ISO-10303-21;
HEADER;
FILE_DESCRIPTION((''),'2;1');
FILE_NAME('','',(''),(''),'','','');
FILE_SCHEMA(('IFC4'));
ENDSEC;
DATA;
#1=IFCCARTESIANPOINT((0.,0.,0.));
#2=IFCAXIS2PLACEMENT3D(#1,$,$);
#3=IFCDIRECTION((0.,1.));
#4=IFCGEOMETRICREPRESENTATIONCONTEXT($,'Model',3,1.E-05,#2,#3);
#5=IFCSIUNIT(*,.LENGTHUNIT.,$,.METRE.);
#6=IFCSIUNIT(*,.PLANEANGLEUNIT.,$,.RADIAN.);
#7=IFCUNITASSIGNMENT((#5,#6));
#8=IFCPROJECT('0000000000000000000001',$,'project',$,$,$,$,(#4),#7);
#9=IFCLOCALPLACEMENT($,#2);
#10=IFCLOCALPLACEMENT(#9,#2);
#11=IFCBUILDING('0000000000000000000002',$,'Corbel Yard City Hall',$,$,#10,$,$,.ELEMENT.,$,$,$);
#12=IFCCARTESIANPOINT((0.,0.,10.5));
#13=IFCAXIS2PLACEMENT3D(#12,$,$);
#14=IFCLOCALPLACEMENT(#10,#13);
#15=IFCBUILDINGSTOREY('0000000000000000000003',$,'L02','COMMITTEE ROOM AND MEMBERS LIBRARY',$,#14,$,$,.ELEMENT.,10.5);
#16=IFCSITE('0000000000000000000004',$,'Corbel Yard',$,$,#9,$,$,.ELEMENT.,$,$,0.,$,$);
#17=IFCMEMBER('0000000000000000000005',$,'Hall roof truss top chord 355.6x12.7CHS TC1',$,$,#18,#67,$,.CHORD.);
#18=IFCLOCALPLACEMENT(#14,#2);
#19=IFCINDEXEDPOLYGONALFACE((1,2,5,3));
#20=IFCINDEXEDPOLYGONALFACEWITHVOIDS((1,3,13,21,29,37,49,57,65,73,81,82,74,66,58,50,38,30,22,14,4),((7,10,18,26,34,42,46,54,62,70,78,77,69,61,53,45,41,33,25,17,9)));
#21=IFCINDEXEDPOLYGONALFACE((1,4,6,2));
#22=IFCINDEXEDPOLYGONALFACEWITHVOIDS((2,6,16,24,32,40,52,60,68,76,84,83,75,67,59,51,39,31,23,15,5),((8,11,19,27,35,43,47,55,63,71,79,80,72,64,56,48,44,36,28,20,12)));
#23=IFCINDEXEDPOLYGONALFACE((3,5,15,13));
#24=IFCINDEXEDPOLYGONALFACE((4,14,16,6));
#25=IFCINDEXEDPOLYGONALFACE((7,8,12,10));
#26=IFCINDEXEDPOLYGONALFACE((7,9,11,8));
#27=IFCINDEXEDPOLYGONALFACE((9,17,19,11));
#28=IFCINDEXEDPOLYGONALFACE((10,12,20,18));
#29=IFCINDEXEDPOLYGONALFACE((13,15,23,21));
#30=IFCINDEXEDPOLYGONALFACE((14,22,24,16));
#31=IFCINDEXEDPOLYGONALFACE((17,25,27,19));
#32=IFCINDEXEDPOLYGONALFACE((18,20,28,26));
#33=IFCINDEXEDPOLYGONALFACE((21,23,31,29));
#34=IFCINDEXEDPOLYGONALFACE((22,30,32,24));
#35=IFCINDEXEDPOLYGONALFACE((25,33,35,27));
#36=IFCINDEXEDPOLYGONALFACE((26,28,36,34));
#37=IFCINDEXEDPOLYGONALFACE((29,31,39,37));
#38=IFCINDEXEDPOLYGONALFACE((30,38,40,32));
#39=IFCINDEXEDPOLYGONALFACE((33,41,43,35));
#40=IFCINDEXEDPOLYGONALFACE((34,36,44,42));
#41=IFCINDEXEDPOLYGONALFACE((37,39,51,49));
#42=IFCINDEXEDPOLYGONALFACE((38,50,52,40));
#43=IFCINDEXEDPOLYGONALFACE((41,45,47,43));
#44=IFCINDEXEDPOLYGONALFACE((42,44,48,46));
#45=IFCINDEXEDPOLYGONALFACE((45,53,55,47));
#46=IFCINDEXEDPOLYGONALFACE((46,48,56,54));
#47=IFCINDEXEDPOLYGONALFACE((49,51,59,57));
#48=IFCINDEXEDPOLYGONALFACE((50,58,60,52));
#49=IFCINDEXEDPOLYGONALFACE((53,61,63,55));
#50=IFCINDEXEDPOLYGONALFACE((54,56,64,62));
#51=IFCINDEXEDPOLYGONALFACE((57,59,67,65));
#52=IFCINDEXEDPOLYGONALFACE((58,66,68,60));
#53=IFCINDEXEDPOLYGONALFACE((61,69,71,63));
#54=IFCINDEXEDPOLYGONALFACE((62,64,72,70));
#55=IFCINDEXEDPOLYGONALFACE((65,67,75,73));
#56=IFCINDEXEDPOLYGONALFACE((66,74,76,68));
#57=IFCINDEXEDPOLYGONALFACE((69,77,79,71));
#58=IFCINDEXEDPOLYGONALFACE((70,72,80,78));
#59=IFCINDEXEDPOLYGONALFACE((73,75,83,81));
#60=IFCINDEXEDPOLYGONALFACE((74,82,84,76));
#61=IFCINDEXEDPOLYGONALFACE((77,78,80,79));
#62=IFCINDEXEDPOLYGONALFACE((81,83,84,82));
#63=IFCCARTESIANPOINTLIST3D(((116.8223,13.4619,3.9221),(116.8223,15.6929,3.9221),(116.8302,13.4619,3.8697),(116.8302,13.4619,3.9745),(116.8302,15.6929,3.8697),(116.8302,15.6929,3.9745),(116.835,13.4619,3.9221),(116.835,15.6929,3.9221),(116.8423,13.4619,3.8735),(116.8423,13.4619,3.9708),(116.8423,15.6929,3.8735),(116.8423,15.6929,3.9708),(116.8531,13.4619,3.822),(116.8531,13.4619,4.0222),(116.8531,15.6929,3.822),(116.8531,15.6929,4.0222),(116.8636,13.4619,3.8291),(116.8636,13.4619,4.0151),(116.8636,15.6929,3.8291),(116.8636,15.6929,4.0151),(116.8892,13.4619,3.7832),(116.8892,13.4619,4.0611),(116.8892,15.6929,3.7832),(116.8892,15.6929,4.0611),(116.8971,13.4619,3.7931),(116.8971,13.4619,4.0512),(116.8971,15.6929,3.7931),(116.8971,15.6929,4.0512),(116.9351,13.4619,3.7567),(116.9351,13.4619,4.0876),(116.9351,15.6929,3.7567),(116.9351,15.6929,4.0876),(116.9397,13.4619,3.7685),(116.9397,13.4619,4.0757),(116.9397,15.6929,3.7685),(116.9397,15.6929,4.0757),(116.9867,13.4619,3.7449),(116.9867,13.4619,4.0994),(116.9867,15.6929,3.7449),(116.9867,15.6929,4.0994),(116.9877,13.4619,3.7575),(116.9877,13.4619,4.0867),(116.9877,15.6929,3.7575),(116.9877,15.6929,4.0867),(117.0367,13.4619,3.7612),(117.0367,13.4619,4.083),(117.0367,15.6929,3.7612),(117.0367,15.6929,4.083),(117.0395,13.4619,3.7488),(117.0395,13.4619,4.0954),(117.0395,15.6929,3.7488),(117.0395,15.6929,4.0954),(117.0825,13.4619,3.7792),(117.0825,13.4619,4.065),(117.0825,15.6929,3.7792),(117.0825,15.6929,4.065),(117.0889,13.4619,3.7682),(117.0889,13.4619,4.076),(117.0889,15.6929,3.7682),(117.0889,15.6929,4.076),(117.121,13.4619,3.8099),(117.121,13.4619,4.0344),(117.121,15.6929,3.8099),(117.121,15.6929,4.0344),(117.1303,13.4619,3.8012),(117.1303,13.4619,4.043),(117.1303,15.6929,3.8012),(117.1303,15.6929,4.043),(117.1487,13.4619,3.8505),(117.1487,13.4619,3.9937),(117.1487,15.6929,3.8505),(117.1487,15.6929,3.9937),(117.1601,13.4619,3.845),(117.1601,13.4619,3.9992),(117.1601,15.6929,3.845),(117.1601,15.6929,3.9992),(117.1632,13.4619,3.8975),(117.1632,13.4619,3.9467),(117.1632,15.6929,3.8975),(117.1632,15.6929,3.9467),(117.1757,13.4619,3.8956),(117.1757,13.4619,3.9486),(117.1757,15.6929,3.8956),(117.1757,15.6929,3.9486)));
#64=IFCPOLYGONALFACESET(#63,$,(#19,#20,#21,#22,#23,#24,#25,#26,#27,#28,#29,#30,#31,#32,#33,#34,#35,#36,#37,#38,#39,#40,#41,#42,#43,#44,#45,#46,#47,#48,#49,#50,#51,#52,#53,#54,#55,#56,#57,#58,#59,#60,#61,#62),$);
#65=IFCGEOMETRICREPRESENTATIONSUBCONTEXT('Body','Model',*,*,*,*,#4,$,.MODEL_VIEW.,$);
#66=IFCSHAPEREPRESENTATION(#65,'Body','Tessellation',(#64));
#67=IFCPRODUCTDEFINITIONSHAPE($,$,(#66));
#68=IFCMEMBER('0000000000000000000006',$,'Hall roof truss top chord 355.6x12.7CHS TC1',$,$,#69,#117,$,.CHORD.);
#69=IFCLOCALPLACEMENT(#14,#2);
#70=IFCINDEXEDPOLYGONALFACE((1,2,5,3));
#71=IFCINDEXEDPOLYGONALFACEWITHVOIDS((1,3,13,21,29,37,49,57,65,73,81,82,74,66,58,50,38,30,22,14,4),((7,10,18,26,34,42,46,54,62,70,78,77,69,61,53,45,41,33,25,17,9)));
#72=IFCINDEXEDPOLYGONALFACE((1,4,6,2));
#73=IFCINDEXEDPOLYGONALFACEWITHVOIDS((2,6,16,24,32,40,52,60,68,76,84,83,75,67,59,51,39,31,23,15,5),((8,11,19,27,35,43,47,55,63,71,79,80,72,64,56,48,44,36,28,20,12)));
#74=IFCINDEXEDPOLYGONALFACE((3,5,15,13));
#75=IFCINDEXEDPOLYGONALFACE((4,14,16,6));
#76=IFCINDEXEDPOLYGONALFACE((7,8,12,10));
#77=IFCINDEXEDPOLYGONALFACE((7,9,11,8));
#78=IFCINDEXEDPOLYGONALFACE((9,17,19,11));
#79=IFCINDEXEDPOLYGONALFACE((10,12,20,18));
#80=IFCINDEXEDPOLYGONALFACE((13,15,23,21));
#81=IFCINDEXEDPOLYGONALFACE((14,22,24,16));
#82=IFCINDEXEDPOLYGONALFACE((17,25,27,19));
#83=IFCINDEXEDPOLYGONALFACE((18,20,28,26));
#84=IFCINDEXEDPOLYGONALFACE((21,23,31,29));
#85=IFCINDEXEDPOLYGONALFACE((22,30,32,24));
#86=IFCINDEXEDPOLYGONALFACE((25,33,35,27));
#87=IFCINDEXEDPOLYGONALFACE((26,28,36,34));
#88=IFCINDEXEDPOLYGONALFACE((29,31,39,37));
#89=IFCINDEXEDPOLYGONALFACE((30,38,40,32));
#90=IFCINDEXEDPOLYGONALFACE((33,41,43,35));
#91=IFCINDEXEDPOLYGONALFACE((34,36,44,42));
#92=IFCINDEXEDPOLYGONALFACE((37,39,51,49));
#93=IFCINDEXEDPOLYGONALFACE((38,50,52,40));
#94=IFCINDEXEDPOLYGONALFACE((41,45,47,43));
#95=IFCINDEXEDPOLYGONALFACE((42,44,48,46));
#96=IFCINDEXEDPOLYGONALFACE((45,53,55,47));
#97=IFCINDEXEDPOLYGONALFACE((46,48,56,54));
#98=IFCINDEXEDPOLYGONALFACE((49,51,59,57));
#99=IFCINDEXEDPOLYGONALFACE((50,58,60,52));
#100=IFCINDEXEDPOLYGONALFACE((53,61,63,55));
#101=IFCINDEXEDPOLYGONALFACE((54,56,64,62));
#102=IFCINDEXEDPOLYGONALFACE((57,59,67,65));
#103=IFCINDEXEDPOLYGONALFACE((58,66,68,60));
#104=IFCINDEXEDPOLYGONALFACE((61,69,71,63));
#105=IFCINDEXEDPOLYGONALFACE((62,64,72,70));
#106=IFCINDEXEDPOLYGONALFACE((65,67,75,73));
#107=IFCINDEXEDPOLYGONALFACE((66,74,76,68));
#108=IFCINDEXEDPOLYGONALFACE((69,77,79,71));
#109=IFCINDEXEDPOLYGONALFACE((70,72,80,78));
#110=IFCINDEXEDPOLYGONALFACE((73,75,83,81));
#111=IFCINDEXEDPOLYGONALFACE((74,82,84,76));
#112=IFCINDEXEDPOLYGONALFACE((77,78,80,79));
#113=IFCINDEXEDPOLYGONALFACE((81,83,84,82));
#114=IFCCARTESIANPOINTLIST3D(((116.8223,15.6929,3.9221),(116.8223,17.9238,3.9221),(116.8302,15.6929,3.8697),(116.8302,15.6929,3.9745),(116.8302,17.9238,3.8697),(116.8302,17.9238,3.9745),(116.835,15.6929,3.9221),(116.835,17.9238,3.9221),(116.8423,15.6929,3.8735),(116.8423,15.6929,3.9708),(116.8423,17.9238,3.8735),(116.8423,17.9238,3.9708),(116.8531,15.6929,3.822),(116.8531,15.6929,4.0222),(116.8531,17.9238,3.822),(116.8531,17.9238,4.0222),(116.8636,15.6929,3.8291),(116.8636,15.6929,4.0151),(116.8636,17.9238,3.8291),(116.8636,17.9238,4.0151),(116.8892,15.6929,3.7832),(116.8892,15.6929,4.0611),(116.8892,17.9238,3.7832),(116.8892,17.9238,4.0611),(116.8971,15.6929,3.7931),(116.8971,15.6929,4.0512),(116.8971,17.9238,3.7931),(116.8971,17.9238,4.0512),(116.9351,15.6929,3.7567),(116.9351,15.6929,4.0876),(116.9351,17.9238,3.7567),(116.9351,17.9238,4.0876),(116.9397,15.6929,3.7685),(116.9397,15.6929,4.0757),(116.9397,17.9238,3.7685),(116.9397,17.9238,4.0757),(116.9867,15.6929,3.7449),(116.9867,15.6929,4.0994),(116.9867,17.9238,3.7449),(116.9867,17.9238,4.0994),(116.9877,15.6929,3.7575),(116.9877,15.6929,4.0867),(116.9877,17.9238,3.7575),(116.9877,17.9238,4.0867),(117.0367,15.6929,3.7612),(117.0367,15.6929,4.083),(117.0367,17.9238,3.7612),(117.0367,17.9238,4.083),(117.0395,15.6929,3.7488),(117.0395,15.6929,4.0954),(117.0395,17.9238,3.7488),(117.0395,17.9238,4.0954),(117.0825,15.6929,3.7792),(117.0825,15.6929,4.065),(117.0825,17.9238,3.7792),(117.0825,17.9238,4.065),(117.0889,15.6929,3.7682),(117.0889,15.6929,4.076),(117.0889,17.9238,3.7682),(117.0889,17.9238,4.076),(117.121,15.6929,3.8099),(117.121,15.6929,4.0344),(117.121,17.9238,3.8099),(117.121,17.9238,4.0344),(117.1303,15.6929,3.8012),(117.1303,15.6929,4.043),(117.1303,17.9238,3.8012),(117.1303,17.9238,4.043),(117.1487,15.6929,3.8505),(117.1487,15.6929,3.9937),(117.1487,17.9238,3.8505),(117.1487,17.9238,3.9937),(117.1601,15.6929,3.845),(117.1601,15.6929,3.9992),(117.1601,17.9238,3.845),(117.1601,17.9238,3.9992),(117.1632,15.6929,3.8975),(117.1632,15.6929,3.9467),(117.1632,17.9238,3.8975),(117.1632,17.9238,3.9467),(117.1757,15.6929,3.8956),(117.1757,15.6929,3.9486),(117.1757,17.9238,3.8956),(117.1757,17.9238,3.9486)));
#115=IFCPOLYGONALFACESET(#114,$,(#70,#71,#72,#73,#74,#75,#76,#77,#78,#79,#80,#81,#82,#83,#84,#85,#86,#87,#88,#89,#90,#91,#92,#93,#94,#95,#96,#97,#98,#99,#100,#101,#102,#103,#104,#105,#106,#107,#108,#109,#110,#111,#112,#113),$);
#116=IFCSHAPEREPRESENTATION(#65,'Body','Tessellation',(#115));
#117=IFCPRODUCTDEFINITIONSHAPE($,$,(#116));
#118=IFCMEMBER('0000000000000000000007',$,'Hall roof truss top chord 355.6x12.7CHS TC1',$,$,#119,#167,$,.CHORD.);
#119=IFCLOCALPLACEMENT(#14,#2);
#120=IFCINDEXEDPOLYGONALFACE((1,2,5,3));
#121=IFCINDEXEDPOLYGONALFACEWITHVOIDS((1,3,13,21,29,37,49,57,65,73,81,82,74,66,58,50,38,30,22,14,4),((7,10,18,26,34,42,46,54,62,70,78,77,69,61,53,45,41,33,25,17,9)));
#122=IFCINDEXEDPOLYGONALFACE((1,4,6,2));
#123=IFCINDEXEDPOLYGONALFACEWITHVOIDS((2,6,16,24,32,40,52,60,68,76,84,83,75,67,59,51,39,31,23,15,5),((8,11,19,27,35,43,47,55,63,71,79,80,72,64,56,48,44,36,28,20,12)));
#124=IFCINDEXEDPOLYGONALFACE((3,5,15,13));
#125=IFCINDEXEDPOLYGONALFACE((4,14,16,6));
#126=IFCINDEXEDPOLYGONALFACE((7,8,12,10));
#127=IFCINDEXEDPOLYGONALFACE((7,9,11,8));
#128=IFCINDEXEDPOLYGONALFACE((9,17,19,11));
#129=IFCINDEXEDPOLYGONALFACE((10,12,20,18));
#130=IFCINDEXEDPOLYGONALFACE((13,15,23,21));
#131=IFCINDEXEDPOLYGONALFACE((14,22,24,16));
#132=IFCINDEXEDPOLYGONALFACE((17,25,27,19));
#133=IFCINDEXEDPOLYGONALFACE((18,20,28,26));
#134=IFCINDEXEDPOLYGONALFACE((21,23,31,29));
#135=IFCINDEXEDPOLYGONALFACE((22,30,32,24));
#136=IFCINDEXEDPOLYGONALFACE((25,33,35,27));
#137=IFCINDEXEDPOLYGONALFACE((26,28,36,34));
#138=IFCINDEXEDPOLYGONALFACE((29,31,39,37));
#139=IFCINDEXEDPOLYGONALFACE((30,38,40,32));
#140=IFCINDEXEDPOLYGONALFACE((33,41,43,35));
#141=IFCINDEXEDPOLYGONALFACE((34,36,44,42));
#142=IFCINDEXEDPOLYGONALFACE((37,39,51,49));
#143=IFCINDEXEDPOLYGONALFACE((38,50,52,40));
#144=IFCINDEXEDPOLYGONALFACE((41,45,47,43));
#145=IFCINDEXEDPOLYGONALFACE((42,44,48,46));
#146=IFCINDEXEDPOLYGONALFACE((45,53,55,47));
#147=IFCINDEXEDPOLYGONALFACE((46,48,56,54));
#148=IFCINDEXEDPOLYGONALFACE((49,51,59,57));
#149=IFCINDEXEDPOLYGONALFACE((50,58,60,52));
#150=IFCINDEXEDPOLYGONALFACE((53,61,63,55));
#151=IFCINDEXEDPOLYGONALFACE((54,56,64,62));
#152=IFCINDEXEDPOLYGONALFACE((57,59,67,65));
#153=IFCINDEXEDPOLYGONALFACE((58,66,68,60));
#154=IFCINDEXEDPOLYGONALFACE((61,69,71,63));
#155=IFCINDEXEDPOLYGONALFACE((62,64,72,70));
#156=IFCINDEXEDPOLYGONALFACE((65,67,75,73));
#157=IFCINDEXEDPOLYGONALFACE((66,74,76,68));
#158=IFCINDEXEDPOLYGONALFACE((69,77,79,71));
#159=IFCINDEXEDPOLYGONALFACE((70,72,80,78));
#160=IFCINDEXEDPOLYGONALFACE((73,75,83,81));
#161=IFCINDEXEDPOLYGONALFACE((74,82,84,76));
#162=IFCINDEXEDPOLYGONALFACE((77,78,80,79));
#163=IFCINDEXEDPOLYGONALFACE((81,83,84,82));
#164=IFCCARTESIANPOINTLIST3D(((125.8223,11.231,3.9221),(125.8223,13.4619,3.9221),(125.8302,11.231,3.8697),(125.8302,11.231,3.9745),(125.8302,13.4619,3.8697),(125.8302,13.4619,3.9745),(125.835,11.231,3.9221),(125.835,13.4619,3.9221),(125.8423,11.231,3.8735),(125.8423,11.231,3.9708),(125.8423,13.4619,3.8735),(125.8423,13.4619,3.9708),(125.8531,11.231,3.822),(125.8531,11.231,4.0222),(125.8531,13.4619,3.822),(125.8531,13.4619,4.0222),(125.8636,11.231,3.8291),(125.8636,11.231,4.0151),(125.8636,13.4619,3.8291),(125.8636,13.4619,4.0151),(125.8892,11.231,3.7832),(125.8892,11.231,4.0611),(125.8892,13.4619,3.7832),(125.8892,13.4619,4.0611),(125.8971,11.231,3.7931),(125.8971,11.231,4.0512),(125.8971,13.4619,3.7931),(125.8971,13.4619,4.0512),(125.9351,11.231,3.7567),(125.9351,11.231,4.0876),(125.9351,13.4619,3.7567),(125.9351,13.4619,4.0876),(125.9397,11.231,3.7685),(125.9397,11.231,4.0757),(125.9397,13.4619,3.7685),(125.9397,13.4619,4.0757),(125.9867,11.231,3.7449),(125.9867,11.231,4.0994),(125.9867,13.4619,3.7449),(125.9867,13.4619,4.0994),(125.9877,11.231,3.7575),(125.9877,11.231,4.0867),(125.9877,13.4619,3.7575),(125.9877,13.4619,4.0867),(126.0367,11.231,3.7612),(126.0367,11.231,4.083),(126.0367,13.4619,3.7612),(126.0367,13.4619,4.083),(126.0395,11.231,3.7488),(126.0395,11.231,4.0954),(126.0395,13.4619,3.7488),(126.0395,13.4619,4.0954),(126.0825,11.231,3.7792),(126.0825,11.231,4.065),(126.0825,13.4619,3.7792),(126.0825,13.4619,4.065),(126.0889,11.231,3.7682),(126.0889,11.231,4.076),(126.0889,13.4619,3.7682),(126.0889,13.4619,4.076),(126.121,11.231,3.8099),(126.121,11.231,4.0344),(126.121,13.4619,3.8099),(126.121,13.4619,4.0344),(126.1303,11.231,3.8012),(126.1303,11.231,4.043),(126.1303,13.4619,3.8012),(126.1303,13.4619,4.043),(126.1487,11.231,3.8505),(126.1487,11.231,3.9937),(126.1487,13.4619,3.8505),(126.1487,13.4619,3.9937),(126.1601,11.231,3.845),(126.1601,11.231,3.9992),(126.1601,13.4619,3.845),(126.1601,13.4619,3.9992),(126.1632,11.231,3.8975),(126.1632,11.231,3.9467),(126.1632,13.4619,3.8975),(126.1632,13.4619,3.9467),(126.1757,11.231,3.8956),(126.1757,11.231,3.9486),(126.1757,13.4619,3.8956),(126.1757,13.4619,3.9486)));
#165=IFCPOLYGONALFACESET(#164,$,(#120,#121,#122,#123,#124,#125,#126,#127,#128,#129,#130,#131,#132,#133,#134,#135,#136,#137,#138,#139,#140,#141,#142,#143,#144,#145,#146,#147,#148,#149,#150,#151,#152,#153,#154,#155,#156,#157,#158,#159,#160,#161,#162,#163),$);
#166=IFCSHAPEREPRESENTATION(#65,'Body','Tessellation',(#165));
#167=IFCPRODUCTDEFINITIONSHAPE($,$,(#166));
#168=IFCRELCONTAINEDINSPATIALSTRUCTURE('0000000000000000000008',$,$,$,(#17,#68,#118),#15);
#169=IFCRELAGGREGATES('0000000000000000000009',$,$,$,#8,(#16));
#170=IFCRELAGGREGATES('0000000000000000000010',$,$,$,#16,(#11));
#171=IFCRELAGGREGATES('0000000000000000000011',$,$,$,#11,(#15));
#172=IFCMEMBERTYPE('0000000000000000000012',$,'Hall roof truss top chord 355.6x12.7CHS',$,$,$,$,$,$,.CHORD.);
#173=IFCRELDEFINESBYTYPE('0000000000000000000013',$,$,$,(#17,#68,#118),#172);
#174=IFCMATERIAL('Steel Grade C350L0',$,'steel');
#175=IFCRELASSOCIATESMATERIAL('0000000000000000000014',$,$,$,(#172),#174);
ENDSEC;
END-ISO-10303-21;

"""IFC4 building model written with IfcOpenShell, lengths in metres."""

from ifc_helpers import new_model, si_unit, direction, frame, origin, origin_2d, place, context, subcontext, project, spatial, hollow_circle, extrude, material, material_profile, profile_set, type_object, element, save


model = new_model("IFC4")

# Units and contexts
model_context = context("Model", 3, precision=1e-05, world=origin(), true_north=direction((0.0, 1.0)))
body_context = subcontext(model_context, "Body", "Model", "MODEL_VIEW")
ifc_project = project(units=[si_unit("LENGTHUNIT", "METRE"), si_unit("PLANEANGLEUNIT", "RADIAN")], contexts=[model_context])

# Site, building, storey
site_placement = place(None, origin())
site = spatial("IfcSite", under=ifc_project, at=site_placement, Name="Corbel Yard", CompositionType="ELEMENT", RefElevation=0.0)
building_placement = place(site_placement, origin())
building = spatial("IfcBuilding", under=site, at=building_placement, Name="Corbel Yard City Hall", CompositionType="ELEMENT")
storey_placement = place(building_placement, frame((0.0, 0.0, 10.5)))
storey = spatial("IfcBuildingStorey", under=building, at=storey_placement, Name="L02", Description="COMMITTEE ROOM AND MEMBERS LIBRARY", CompositionType="ELEMENT", Elevation=10.5)

# Members
ifc_material_1 = material(Name="Steel Grade C350L0", Category="steel")
ifc_material_profile_1 = material_profile(ifc_material_1, hollow_circle(Radius=0.1777, WallThickness=0.0127, at=origin_2d()), Name="355.6x12.7CHS")
ifc_profile_set_1 = profile_set([ifc_material_profile_1], Name="Steel Grade C350L0")
member_type_1 = type_object("IfcMemberType", Name="Hall roof truss top chord 355.6x12.7CHS", PredefinedType="CHORD", material=ifc_profile_set_1)
for number, where, z_axis, x_axis, name in (
    (1, (117.0, 13.4619, 3.9221), (0.0, 1.0, 0.0), (-1.0, 0.0, 0.0), "Hall roof truss top chord 355.6x12.7CHS TC1"),
    (2, (117.0, 15.6929, 3.9221), (0.0, 1.0, 0.0), (-1.0, 0.0, 0.0), "Hall roof truss top chord 355.6x12.7CHS TC1"),
    (3, (126.0, 11.231, 3.9221), (0.0, 1.0, 0.0), (-1.0, 0.0, 0.0), "Hall roof truss top chord 355.6x12.7CHS TC1"),
):
    element("IfcMember", number, at=place(storey_placement, frame(where, z_axis=z_axis, x_axis=x_axis)), inside=storey, type_object=member_type_1, Name=name, PredefinedType="CHORD", context=body_context, shape_type="SweptSolid", body=[
        extrude(hollow_circle(Radius=0.1777, WallThickness=0.0127, at=origin_2d()), origin(), (0.0, 0.0, 1.0), 2.231),
    ])

save(model, "model.ifc")
